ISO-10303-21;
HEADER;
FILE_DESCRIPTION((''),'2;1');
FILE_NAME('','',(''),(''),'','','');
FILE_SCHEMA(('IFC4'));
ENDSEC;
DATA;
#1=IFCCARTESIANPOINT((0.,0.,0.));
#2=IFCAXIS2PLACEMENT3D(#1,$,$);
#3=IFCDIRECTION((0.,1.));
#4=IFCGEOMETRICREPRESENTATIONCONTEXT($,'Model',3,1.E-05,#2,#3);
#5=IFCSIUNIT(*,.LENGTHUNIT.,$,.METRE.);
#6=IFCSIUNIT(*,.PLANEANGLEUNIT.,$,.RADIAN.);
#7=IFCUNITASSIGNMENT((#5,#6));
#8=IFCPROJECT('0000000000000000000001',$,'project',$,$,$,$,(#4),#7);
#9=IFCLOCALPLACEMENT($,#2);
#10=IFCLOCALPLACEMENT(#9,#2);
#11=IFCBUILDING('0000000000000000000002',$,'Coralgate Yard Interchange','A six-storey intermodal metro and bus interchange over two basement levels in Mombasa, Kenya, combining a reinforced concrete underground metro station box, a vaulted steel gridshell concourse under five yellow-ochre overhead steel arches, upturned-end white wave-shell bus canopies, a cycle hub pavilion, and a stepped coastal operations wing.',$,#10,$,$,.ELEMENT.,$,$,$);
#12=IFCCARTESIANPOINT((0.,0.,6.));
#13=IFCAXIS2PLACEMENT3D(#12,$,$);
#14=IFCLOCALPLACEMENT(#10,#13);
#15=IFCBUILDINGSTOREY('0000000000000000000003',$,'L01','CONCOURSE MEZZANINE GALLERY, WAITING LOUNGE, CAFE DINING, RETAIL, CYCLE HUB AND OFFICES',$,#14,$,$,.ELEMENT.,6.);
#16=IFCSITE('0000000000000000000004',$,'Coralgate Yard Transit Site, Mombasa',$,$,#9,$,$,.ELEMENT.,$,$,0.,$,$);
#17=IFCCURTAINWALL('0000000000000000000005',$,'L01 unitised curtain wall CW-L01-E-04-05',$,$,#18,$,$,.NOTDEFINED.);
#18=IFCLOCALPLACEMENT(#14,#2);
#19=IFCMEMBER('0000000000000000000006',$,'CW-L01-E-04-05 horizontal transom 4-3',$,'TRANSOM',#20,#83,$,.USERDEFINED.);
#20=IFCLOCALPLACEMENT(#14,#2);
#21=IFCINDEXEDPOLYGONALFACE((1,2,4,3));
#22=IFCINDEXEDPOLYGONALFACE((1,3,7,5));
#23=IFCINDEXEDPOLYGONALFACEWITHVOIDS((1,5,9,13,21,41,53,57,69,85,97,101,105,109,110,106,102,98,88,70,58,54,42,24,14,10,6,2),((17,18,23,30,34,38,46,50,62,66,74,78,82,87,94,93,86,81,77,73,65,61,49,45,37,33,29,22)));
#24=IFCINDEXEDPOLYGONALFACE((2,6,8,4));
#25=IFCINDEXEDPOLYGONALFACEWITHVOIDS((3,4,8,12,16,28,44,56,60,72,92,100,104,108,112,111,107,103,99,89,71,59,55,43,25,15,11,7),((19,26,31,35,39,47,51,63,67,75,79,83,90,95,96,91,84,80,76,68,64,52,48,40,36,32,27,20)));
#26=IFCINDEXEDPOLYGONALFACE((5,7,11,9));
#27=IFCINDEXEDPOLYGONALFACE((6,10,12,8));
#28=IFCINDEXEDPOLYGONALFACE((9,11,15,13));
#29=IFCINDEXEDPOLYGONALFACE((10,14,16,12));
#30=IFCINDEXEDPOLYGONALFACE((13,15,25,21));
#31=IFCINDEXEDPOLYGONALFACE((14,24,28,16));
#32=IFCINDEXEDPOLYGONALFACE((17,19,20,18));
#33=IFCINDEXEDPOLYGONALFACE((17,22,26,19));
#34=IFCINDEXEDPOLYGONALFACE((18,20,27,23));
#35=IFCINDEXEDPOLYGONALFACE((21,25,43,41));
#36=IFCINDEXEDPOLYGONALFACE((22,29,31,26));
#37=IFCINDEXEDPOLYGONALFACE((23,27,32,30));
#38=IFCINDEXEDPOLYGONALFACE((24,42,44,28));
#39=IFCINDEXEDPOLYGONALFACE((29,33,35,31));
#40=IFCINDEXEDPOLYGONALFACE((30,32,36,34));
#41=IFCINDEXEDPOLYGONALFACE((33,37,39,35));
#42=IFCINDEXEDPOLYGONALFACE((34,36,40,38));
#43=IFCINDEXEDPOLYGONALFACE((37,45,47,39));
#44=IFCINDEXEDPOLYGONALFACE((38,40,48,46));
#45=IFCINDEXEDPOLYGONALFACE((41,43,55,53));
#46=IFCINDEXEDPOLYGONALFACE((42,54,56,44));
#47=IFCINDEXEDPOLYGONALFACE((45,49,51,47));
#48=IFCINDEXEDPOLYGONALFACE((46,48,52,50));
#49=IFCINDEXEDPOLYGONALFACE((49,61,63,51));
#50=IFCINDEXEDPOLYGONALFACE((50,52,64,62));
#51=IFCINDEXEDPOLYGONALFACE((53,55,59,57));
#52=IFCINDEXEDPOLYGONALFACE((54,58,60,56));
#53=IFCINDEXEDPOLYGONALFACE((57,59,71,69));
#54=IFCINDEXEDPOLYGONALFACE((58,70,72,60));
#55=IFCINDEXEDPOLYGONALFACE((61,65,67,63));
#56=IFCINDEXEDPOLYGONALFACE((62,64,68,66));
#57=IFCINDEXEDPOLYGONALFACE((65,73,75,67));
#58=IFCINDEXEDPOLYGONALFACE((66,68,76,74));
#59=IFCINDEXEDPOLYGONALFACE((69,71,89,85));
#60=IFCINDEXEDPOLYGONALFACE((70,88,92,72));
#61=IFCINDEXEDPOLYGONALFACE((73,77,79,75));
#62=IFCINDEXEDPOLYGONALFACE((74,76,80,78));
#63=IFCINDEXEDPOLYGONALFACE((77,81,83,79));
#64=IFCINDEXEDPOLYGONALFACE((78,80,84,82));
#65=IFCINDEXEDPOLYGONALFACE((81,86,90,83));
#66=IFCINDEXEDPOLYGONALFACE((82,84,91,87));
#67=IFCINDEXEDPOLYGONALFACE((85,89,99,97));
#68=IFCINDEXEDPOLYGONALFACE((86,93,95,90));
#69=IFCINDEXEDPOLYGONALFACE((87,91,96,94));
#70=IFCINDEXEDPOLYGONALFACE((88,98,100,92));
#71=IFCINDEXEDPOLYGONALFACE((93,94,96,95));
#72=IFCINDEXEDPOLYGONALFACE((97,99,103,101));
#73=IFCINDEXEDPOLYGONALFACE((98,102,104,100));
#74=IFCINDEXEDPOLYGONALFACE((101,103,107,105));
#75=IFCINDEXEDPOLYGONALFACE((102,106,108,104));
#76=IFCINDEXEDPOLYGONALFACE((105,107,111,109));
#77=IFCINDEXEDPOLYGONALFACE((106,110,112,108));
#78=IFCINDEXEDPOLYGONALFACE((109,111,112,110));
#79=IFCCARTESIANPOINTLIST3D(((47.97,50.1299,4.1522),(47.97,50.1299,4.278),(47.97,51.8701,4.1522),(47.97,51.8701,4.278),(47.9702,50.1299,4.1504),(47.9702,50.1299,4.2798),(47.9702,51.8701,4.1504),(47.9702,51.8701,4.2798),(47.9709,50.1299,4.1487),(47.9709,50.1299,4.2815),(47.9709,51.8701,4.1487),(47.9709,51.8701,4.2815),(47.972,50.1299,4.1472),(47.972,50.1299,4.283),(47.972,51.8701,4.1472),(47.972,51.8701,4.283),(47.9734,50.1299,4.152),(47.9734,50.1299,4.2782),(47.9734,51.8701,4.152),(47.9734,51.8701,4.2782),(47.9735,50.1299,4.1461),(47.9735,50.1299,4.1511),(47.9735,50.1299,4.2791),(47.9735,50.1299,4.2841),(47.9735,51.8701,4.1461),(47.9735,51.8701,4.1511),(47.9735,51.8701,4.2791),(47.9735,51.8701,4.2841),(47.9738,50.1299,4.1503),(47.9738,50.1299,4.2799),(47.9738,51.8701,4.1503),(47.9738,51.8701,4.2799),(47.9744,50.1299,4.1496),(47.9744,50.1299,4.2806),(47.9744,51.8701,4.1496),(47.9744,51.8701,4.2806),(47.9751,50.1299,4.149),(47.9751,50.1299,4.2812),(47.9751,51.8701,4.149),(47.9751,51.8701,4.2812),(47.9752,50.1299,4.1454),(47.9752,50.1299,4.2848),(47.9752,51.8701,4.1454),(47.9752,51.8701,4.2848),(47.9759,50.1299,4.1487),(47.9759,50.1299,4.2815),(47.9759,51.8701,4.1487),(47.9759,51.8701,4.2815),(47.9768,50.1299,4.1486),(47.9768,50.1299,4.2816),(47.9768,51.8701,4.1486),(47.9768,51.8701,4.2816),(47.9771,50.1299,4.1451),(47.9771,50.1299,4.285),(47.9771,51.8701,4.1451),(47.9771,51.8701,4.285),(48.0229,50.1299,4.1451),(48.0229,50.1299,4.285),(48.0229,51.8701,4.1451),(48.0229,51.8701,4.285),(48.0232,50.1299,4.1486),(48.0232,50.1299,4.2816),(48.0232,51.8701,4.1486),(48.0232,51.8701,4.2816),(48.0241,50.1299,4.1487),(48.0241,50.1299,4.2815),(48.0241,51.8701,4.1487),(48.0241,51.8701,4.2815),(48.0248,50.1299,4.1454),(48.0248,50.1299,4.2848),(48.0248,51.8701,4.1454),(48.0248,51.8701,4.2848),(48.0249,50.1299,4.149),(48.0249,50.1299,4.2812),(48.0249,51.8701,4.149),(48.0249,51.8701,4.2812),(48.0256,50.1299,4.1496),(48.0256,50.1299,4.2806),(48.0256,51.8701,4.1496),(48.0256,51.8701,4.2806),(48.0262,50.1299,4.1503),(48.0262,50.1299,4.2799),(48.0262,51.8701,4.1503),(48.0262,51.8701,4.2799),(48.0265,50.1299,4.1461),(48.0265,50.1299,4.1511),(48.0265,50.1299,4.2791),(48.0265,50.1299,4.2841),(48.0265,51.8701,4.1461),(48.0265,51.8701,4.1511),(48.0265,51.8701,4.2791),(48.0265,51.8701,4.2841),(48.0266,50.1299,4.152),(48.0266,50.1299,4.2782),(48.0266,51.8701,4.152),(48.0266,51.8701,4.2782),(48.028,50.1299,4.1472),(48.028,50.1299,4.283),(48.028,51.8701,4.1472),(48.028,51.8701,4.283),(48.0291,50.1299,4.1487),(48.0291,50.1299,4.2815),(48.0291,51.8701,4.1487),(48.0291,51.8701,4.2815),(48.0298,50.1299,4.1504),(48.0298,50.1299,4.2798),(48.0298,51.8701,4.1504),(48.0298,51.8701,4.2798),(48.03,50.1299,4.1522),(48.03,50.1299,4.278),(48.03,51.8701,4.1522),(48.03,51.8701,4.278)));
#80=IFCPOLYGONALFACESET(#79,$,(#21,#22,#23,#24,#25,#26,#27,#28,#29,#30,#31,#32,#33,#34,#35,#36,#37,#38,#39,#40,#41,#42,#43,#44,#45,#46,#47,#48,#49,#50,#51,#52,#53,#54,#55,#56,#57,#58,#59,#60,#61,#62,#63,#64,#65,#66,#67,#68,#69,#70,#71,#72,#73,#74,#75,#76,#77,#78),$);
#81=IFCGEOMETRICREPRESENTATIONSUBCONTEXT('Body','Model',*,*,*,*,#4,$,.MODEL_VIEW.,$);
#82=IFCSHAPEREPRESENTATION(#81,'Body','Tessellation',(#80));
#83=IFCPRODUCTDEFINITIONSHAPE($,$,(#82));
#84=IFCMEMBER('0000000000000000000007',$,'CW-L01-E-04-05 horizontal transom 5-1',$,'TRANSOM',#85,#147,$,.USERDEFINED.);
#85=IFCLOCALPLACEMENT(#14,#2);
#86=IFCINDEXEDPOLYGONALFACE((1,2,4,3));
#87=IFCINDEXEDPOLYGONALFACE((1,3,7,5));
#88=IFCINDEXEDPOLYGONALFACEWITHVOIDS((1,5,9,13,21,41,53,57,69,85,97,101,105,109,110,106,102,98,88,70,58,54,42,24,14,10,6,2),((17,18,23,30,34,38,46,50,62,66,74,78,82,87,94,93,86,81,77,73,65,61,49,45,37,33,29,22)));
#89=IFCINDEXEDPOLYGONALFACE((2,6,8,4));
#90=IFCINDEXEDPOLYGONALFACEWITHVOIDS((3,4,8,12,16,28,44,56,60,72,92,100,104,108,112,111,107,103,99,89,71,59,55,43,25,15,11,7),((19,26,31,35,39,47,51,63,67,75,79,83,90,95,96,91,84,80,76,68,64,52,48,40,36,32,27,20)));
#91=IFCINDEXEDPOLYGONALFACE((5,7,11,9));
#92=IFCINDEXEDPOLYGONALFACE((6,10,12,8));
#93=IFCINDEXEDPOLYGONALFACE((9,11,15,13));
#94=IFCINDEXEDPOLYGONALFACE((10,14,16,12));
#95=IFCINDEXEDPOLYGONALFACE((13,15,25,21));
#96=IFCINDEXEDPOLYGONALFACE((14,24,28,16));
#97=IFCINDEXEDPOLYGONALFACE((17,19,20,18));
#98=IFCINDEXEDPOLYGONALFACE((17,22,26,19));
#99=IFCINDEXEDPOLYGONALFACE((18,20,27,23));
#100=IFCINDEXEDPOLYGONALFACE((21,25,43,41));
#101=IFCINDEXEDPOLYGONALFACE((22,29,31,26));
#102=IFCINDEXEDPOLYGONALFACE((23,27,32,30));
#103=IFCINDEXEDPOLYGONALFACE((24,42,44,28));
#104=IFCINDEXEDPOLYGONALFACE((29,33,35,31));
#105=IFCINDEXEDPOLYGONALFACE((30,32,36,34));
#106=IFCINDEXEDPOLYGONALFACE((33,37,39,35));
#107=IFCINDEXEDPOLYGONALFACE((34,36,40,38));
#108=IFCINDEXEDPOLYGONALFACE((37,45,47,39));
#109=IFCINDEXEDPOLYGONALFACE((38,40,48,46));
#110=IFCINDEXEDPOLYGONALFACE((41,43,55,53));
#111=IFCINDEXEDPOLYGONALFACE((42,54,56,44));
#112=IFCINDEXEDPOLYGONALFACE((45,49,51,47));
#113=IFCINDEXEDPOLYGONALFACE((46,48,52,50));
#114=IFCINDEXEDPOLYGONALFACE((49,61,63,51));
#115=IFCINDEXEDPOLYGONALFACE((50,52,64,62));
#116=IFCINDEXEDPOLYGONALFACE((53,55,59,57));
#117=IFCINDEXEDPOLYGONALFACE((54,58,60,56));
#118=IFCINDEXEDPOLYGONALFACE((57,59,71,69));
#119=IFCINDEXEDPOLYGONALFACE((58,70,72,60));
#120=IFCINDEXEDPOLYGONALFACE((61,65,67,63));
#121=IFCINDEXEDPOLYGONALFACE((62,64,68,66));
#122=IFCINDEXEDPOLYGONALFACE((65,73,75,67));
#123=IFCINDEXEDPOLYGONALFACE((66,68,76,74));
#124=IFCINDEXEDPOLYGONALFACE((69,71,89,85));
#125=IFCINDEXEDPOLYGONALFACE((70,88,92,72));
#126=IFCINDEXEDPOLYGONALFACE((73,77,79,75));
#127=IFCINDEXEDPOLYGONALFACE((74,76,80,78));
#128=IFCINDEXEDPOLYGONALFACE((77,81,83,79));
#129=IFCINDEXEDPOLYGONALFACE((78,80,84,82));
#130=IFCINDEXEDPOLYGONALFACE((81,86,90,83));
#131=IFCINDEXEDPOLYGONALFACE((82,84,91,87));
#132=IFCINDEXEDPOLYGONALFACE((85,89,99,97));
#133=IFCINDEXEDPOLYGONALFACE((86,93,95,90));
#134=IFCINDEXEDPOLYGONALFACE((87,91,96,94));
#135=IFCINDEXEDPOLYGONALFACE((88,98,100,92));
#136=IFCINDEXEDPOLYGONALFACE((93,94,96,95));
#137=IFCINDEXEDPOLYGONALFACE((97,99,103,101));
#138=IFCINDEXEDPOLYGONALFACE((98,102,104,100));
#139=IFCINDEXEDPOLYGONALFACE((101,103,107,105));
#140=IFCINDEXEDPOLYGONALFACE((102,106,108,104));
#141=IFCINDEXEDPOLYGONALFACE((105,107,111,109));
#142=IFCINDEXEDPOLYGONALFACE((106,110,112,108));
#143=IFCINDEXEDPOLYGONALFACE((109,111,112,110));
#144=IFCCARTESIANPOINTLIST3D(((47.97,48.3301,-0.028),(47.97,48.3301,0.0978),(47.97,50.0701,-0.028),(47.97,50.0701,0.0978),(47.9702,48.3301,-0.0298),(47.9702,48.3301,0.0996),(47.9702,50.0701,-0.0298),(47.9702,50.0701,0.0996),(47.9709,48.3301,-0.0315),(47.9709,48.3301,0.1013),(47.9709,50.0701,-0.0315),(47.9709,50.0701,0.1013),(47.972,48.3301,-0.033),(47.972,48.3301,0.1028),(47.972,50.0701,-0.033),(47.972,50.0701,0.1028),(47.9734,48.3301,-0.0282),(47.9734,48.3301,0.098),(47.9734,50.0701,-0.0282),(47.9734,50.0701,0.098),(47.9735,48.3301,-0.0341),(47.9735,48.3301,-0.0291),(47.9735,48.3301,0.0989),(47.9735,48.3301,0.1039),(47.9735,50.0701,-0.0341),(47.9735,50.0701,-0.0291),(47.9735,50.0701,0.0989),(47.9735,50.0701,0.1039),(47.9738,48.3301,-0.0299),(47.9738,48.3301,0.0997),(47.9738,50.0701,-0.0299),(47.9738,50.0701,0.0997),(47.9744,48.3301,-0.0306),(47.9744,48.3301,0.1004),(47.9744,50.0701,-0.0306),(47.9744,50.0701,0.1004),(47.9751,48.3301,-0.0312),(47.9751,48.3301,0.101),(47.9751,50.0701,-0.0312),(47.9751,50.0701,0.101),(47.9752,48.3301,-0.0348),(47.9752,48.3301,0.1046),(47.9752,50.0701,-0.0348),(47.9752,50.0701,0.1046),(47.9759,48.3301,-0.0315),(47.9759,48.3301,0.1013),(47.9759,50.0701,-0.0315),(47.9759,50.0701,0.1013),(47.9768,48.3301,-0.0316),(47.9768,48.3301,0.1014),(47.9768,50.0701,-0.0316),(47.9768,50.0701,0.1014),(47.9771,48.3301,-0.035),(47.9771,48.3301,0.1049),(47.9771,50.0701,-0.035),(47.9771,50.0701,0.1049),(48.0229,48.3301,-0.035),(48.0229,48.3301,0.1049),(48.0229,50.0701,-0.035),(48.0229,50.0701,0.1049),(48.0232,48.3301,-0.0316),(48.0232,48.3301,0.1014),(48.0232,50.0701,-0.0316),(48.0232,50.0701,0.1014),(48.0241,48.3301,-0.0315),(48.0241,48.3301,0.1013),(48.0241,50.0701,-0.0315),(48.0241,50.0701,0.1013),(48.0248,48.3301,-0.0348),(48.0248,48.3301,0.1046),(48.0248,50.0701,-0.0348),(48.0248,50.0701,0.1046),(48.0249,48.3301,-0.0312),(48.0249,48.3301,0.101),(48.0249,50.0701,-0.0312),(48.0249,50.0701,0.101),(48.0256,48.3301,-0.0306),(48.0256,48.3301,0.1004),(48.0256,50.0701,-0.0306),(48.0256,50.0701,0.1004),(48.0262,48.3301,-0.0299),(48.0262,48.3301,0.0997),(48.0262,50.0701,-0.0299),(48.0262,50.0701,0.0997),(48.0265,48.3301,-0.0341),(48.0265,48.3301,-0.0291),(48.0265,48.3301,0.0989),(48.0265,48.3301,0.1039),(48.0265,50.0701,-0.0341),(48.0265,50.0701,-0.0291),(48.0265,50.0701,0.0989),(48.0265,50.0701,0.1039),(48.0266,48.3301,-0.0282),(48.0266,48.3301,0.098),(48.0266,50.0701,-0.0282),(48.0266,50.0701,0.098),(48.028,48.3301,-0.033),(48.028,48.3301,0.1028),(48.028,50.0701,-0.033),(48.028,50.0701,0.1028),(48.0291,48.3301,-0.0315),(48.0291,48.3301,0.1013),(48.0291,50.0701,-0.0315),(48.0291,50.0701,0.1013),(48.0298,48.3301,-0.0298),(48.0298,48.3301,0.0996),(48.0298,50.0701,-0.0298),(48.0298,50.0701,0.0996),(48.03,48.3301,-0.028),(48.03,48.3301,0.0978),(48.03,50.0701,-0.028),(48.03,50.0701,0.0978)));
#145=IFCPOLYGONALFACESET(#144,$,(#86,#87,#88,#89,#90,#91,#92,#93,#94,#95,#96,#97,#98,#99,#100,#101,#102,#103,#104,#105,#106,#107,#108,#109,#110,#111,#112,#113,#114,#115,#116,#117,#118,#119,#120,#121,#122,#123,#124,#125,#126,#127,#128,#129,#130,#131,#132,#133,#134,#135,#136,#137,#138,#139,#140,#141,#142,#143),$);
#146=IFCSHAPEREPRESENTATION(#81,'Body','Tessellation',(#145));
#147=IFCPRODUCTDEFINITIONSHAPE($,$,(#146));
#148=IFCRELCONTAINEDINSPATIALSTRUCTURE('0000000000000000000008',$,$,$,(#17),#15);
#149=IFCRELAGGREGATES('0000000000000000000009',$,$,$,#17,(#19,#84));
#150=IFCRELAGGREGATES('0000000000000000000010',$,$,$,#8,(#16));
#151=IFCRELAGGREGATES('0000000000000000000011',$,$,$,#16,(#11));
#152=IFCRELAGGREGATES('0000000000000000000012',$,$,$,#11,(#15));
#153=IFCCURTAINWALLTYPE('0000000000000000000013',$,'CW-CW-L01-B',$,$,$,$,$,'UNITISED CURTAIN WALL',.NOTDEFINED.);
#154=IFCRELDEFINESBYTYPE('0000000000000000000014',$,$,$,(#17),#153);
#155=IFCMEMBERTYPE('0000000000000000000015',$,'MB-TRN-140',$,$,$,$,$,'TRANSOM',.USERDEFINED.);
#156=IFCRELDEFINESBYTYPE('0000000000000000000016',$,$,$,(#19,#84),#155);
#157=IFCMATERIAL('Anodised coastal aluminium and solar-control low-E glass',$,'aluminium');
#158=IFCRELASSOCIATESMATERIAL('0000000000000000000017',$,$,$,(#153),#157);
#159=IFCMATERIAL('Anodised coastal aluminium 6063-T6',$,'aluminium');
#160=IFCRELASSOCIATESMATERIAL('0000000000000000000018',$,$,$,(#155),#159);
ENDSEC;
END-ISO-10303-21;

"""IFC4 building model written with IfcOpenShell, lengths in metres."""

from ifc_helpers import new_model, si_unit, direction, frame, origin, origin_2d, place, context, subcontext, project, spatial, hollow_rectangle, extrude, material, material_profile, profile_set, type_object, element, aggregate, save


model = new_model("IFC4")

# Units and contexts
model_context = context("Model", 3, precision=1e-05, world=origin(), true_north=direction((0.0, 1.0)))
body_context = subcontext(model_context, "Body", "Model", "MODEL_VIEW")
ifc_project = project(units=[si_unit("LENGTHUNIT", "METRE"), si_unit("PLANEANGLEUNIT", "RADIAN")], contexts=[model_context])

# Site, building, storey
site_placement = place(None, origin())
site = spatial("IfcSite", under=ifc_project, at=site_placement, Name="Coralgate Yard Transit Site, Mombasa", CompositionType="ELEMENT", RefElevation=0.0)
building_placement = place(site_placement, origin())
building = spatial("IfcBuilding", under=site, at=building_placement, Name="Coralgate Yard Interchange", Description="A six-storey intermodal metro and bus interchange over two basement levels in Mombasa, Kenya, combining a reinforced concrete underground metro station box, a vaulted steel gridshell concourse under five yellow-ochre overhead steel arches, upturned-end white wave-shell bus canopies, a cycle hub pavilion, and a stepped coastal operations wing.", CompositionType="ELEMENT")
storey_placement = place(building_placement, frame((0.0, 0.0, 6.0)))
storey = spatial("IfcBuildingStorey", under=building, at=storey_placement, Name="L01", Description="CONCOURSE MEZZANINE GALLERY, WAITING LOUNGE, CAFE DINING, RETAIL, CYCLE HUB AND OFFICES", CompositionType="ELEMENT", Elevation=6.0)

# Curtain wall, members
ifc_material_1 = material(Name="Anodised coastal aluminium and solar-control low-E glass", Category="aluminium")
curtain_wall_type = type_object("IfcCurtainWallType", Name="CW-CW-L01-B", ElementType="UNITISED CURTAIN WALL", PredefinedType="NOTDEFINED", material=ifc_material_1)
curtain_wall_placement = place(storey_placement, origin())
curtain_wall = element("IfcCurtainWall", 1, at=curtain_wall_placement, inside=storey, type_object=curtain_wall_type, Name="L01 unitised curtain wall CW-L01-E-04-05", PredefinedType="NOTDEFINED")
ifc_material_2 = material(Name="Anodised coastal aluminium 6063-T6", Category="aluminium")
ifc_material_profile_1 = material_profile(ifc_material_2, hollow_rectangle(XDim=0.0601, YDim=0.1399, WallThickness=0.0034, InnerFilletRadius=0.0034, OuterFilletRadius=0.0071, at=origin_2d()), Name="ALU 60x140x3.5")
ifc_profile_set_1 = profile_set([ifc_material_profile_1], Name="Anodised coastal aluminium 6063-T6")
member_type_1 = type_object("IfcMemberType", Name="MB-TRN-140", ElementType="TRANSOM", PredefinedType="USERDEFINED", material=ifc_profile_set_1)
member_1_placement = place(storey_placement, frame((48.0, 51.8701, 4.2151), z_axis=(0.0, -1.0, 0.0), x_axis=(1.0, 0.0, 0.0)))
member_1 = element("IfcMember", 2, at=member_1_placement, type_object=member_type_1, Name="CW-L01-E-04-05 horizontal transom 4-3", ObjectType="TRANSOM", PredefinedType="USERDEFINED", context=body_context, shape_type="SweptSolid", body=[
    extrude(hollow_rectangle(XDim=0.0601, YDim=0.1399, WallThickness=0.0034, InnerFilletRadius=0.0034, OuterFilletRadius=0.0071, at=origin_2d()), origin(), (0.0, 0.0, 1.0), 1.7402),
])
member_2_placement = place(storey_placement, frame((48.0, 50.0701, 0.0349), z_axis=(0.0, -1.0, 0.0), x_axis=(1.0, 0.0, 0.0)))
member_2 = element("IfcMember", 3, at=member_2_placement, type_object=member_type_1, Name="CW-L01-E-04-05 horizontal transom 5-1", ObjectType="TRANSOM", PredefinedType="USERDEFINED", context=body_context, shape_type="SweptSolid", body=[
    extrude(hollow_rectangle(XDim=0.0601, YDim=0.1399, WallThickness=0.0034, InnerFilletRadius=0.0034, OuterFilletRadius=0.0071, at=origin_2d()), origin(), (0.0, 0.0, 1.0), 1.74),
])
aggregate(curtain_wall, [member_1, member_2])

save(model, "model.ifc")
